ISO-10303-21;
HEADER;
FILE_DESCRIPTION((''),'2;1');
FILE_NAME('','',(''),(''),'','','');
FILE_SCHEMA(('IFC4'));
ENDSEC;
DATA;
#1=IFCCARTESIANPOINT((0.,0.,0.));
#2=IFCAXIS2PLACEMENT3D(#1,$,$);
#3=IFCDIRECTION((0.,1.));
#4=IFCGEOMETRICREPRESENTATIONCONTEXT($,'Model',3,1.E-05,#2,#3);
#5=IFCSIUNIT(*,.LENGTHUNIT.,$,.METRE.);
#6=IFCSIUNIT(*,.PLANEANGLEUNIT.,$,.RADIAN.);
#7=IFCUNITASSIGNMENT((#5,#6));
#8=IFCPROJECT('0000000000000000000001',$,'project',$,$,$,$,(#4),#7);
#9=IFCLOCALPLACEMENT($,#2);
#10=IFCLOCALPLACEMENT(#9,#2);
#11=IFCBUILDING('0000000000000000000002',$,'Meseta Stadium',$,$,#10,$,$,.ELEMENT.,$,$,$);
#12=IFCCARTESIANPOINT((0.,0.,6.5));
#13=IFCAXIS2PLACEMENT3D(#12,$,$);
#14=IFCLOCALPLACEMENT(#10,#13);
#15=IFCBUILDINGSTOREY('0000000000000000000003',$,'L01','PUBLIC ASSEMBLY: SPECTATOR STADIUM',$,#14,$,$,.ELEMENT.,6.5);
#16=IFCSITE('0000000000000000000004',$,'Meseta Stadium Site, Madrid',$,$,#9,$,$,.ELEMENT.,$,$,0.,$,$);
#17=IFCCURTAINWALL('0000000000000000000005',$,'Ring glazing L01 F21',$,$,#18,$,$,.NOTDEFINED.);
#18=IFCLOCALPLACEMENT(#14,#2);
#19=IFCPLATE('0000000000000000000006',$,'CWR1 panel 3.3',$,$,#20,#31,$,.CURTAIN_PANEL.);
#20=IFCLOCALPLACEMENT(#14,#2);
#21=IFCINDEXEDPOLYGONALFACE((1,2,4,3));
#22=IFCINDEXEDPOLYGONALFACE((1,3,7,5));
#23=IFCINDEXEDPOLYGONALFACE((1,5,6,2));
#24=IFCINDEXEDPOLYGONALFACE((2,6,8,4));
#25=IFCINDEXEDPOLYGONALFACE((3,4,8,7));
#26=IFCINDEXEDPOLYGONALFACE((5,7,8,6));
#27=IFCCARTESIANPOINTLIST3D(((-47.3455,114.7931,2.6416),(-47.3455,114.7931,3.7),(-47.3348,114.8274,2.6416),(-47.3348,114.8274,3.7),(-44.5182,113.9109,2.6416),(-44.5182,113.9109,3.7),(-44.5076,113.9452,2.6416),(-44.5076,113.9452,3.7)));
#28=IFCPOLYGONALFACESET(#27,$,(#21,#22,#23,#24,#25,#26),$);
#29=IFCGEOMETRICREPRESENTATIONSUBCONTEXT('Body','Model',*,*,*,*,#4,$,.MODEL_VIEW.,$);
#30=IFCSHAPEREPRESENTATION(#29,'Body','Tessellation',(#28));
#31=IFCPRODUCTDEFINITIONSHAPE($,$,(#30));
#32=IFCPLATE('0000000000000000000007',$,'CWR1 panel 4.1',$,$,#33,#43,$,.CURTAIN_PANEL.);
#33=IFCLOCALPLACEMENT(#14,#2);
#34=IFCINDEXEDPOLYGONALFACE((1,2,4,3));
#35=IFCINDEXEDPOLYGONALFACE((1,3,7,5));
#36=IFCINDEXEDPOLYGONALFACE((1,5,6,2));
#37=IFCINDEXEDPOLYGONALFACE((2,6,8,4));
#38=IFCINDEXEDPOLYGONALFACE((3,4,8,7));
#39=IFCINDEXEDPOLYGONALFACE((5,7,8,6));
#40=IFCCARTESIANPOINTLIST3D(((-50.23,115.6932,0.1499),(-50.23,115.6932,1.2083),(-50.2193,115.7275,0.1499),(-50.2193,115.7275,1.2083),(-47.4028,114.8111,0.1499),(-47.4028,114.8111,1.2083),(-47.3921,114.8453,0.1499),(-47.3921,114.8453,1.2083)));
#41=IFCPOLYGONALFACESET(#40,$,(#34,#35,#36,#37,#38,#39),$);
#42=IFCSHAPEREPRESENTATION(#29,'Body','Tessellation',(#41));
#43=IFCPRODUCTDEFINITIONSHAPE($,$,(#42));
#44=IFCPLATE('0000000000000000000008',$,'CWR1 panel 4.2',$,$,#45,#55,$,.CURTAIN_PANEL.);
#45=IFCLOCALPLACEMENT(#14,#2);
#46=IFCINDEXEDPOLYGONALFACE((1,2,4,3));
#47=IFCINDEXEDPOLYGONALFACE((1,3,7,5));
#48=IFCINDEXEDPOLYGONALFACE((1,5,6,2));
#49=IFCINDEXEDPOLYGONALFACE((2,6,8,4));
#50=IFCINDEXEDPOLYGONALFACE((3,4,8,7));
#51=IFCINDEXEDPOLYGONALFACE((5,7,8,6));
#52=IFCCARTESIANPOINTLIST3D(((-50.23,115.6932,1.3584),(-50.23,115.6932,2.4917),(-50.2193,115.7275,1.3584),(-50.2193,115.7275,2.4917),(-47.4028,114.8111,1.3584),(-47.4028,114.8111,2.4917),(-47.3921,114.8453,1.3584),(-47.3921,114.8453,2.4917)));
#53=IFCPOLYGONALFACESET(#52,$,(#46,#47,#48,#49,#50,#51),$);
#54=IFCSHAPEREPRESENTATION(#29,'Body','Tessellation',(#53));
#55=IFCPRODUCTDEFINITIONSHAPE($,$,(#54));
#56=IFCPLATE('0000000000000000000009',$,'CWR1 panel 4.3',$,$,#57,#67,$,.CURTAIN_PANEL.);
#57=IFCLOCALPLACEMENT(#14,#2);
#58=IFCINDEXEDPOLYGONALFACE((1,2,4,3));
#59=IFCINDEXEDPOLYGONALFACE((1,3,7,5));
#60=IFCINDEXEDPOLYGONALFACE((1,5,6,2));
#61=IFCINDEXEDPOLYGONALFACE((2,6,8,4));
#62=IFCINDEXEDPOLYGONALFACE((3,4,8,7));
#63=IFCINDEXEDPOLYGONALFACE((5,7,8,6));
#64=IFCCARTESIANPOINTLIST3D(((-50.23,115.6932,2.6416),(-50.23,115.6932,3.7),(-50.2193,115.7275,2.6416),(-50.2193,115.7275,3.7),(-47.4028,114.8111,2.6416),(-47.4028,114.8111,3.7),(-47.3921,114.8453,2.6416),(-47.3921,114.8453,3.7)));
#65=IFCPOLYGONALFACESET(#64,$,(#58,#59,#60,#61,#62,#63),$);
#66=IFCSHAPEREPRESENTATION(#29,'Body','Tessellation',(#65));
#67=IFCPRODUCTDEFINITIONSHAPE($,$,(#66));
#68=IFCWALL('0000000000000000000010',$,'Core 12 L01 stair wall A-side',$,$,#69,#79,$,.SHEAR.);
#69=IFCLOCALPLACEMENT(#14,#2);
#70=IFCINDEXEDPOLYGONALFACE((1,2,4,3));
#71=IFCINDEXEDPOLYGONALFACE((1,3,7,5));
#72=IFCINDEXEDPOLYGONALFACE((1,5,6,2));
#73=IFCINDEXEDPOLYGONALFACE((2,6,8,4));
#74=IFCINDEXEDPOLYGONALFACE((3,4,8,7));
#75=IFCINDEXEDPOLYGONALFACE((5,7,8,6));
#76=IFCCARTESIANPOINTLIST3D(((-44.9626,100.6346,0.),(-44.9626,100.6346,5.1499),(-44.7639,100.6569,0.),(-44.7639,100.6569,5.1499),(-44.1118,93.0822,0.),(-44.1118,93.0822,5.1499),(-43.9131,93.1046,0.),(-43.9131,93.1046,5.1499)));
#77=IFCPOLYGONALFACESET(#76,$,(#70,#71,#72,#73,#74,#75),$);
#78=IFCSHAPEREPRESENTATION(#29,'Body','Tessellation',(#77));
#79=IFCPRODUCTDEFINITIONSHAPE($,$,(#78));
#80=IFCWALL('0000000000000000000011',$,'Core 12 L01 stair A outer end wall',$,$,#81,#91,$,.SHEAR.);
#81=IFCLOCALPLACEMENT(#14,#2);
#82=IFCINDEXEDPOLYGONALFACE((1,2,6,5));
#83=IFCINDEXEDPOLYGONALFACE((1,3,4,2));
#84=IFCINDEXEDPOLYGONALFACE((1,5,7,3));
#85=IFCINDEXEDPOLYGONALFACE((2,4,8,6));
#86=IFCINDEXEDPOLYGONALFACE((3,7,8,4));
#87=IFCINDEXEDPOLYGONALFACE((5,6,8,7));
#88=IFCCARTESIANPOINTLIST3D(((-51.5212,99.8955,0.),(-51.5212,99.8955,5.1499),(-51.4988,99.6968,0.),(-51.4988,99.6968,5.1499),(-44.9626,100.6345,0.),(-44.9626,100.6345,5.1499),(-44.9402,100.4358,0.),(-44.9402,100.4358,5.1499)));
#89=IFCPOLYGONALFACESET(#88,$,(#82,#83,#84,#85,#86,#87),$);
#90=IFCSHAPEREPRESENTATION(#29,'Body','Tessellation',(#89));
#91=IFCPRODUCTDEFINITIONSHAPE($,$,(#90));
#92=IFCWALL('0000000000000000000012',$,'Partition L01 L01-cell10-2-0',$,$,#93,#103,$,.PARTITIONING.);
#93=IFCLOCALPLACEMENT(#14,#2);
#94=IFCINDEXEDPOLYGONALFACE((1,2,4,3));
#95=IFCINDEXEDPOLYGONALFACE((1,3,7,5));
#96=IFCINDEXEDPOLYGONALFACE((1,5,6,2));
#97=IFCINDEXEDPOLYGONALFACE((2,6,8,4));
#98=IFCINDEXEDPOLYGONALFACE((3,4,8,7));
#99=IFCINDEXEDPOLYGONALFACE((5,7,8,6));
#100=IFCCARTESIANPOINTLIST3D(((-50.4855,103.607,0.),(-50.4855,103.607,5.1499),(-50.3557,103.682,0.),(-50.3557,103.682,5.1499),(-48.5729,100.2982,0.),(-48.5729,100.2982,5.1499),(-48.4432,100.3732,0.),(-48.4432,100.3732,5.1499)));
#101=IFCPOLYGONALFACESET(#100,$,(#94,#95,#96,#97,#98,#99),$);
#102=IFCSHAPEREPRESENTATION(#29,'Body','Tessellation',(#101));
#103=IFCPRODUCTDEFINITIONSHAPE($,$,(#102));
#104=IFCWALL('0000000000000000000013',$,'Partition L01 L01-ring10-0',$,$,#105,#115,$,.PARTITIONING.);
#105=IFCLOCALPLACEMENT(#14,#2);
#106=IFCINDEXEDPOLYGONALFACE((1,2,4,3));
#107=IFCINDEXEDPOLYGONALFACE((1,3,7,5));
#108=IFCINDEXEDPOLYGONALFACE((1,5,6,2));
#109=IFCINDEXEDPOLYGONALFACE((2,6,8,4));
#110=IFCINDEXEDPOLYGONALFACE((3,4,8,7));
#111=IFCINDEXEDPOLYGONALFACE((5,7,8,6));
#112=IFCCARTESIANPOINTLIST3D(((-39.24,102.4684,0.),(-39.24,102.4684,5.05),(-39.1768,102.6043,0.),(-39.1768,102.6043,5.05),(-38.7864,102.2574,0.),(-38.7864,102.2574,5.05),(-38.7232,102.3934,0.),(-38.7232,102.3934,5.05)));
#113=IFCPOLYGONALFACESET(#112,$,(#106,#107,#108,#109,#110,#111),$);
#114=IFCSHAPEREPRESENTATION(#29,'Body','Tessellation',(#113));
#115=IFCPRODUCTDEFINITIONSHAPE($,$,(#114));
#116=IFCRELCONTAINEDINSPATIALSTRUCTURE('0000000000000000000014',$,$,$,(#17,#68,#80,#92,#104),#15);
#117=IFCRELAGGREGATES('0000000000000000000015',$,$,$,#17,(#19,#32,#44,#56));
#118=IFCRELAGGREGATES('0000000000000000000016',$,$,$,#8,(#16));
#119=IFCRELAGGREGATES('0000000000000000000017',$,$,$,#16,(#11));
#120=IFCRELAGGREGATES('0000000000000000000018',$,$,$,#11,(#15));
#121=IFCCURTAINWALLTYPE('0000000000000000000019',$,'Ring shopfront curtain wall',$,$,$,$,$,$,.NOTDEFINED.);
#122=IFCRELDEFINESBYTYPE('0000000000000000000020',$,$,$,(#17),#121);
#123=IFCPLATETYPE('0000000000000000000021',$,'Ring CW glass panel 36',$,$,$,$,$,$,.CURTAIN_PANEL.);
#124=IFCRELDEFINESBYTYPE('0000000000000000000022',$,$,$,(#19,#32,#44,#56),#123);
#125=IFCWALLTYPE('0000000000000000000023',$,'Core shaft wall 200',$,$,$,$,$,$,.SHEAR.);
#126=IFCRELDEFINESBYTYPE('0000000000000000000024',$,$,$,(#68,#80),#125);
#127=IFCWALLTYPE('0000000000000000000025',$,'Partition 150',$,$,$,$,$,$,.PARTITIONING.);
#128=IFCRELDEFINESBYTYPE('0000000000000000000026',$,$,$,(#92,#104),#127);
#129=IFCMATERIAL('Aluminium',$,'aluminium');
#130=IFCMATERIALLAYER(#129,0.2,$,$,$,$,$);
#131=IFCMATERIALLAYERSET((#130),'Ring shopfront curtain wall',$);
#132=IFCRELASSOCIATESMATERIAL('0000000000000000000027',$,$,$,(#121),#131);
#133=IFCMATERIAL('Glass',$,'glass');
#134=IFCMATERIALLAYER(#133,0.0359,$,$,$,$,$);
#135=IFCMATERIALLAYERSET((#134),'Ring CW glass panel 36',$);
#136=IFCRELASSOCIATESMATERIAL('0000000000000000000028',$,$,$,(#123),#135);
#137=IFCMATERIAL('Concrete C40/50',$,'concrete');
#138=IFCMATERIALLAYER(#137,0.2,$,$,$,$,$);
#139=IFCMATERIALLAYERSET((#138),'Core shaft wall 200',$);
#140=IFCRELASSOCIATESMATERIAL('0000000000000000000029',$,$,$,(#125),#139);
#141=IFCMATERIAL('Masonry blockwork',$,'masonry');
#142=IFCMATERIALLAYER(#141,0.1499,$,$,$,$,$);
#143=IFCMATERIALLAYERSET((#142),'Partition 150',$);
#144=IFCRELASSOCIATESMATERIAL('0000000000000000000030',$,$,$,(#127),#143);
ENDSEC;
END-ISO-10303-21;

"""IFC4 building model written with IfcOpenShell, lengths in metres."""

from ifc_helpers import new_model, si_unit, direction, frame, frame_2d, origin, origin_2d, place, context, subcontext, project, spatial, rectangle, extrude, material, layer, layer_set, type_object, element, aggregate, save


model = new_model("IFC4")

# Units and contexts
model_context = context("Model", 3, precision=1e-05, world=origin(), true_north=direction((0.0, 1.0)))
body_context = subcontext(model_context, "Body", "Model", "MODEL_VIEW")
ifc_project = project(units=[si_unit("LENGTHUNIT", "METRE"), si_unit("PLANEANGLEUNIT", "RADIAN")], contexts=[model_context])

# Site, building, storey
site_placement = place(None, origin())
site = spatial("IfcSite", under=ifc_project, at=site_placement, Name="Meseta Stadium Site, Madrid", CompositionType="ELEMENT", RefElevation=0.0)
building_placement = place(site_placement, origin())
building = spatial("IfcBuilding", under=site, at=building_placement, Name="Meseta Stadium", CompositionType="ELEMENT")
storey_placement = place(building_placement, frame((0.0, 0.0, 6.5)))
storey = spatial("IfcBuildingStorey", under=building, at=storey_placement, Name="L01", Description="PUBLIC ASSEMBLY: SPECTATOR STADIUM", CompositionType="ELEMENT", Elevation=6.5)

# Curtain wall, plates
ifc_material_1 = material(Name="Aluminium", Category="aluminium")
ifc_layer_1 = layer(ifc_material_1, 0.2)
ifc_layer_set_1 = layer_set([ifc_layer_1], Name="Ring shopfront curtain wall")
curtain_wall_type = type_object("IfcCurtainWallType", Name="Ring shopfront curtain wall", PredefinedType="NOTDEFINED", material=ifc_layer_set_1)
curtain_wall_placement = place(storey_placement, origin())
curtain_wall = element("IfcCurtainWall", 1, at=curtain_wall_placement, inside=storey, type_object=curtain_wall_type, Name="Ring glazing L01 F21", PredefinedType="NOTDEFINED")
ifc_material_2 = material(Name="Glass", Category="glass")
ifc_layer_2 = layer(ifc_material_2, 0.0359)
ifc_layer_set_2 = layer_set([ifc_layer_2], Name="Ring CW glass panel 36")
plate_type = type_object("IfcPlateType", Name="Ring CW glass panel 36", PredefinedType="CURTAIN_PANEL", material=ifc_layer_set_2)
plate_1_placement = place(storey_placement, frame((-45.9265, 114.3691, 2.6416), z_axis=(0.0, 0.0, 1.0), x_axis=(-0.954609, 0.297861, 0.0)))
plate_1 = element("IfcPlate", 2, at=plate_1_placement, type_object=plate_type, Name="CWR1 panel 3.3", PredefinedType="CURTAIN_PANEL", context=body_context, shape_type="SweptSolid", body=[
    extrude(rectangle(XDim=2.9617, YDim=0.0359, at=origin_2d()), origin(), (0.0, 0.0, 1.0), 1.0583),
])
plate_2_placement = place(storey_placement, frame((-48.811, 115.2693, 0.1499), z_axis=(0.0, 0.0, 1.0), x_axis=(-0.954609, 0.297861, 0.0)))
plate_2 = element("IfcPlate", 3, at=plate_2_placement, type_object=plate_type, Name="CWR1 panel 4.1", PredefinedType="CURTAIN_PANEL", context=body_context, shape_type="SweptSolid", body=[
    extrude(rectangle(XDim=2.9617, YDim=0.0359, at=origin_2d()), origin(), (0.0, 0.0, 1.0), 1.0583),
])
plate_3_placement = place(storey_placement, frame((-48.811, 115.2693, 1.3584), z_axis=(0.0, 0.0, 1.0), x_axis=(-0.954609, 0.297861, 0.0)))
plate_3 = element("IfcPlate", 4, at=plate_3_placement, type_object=plate_type, Name="CWR1 panel 4.2", PredefinedType="CURTAIN_PANEL", context=body_context, shape_type="SweptSolid", body=[
    extrude(rectangle(XDim=2.9617, YDim=0.0359, at=origin_2d()), origin(), (0.0, 0.0, 1.0), 1.1333),
])
plate_4_placement = place(storey_placement, frame((-48.811, 115.2693, 2.6416), z_axis=(0.0, 0.0, 1.0), x_axis=(-0.954609, 0.297861, 0.0)))
plate_4 = element("IfcPlate", 5, at=plate_4_placement, type_object=plate_type, Name="CWR1 panel 4.3", PredefinedType="CURTAIN_PANEL", context=body_context, shape_type="SweptSolid", body=[
    extrude(rectangle(XDim=2.9617, YDim=0.0359, at=origin_2d()), origin(), (0.0, 0.0, 1.0), 1.0583),
])
aggregate(curtain_wall, [plate_1, plate_2, plate_3, plate_4])

# Walls
ifc_material_3 = material(Name="Concrete C40/50", Category="concrete")
ifc_layer_3 = layer(ifc_material_3, 0.2)
ifc_layer_set_3 = layer_set([ifc_layer_3], Name="Core shaft wall 200")
wall_type_1 = type_object("IfcWallType", Name="Core shaft wall 200", PredefinedType="SHEAR", material=ifc_layer_set_3)
wall_1_placement = place(storey_placement, frame((-44.8633, 100.6458, 0.0), z_axis=(0.0, 0.0, 1.0), x_axis=(0.111951, -0.993714, 0.0)))
element("IfcWall", 6, at=wall_1_placement, inside=storey, type_object=wall_type_1, Name="Core 12 L01 stair wall A-side", PredefinedType="SHEAR", context=body_context, shape_type="SweptSolid", body=[
    extrude(rectangle(XDim=7.6001, YDim=0.2, at=frame_2d((3.8, 0.0))), origin(), (0.0, 0.0, 1.0), 5.1499),
])
wall_2_placement = place(storey_placement, frame((-44.9514, 100.5352, 0.0), z_axis=(0.0, 0.0, 1.0), x_axis=(-0.993712, -0.11197, 0.0)))
element("IfcWall", 7, at=wall_2_placement, inside=storey, type_object=wall_type_1, Name="Core 12 L01 stair A outer end wall", PredefinedType="SHEAR", context=body_context, shape_type="SweptSolid", body=[
    extrude(rectangle(XDim=6.6001, YDim=0.2, at=frame_2d((3.3, 0.0))), origin(), (0.0, 0.0, 1.0), 5.1499),
])
ifc_material_4 = material(Name="Masonry blockwork", Category="masonry")
ifc_layer_4 = layer(ifc_material_4, 0.1499)
ifc_layer_set_4 = layer_set([ifc_layer_4], Name="Partition 150")
wall_type_2 = type_object("IfcWallType", Name="Partition 150", PredefinedType="PARTITIONING", material=ifc_layer_set_4)
wall_3_placement = place(storey_placement, frame((-48.5081, 100.3357, 0.0), z_axis=(0.0, 0.0, 1.0), x_axis=(-0.500439, 0.865772, 0.0)))
element("IfcWall", 8, at=wall_3_placement, inside=storey, type_object=wall_type_2, Name="Partition L01 L01-cell10-2-0", PredefinedType="PARTITIONING", context=body_context, shape_type="SweptSolid", body=[
    extrude(rectangle(XDim=3.8218, YDim=0.1499, at=frame_2d((1.9109, 0.0))), origin(), (0.0, 0.0, 1.0), 5.1499),
])
wall_4_placement = place(storey_placement, frame((-38.7549, 102.3254, 0.0), z_axis=(0.0, 0.0, 1.0), x_axis=(-0.906756, 0.421656, 0.0)))
element("IfcWall", 9, at=wall_4_placement, inside=storey, type_object=wall_type_2, Name="Partition L01 L01-ring10-0", PredefinedType="PARTITIONING", context=body_context, shape_type="SweptSolid", body=[
    extrude(rectangle(XDim=0.5002, YDim=0.1499, at=frame_2d((0.25, 0.0))), origin(), (0.0, 0.0, 1.0), 5.05),
])

save(model, "model.ifc")
